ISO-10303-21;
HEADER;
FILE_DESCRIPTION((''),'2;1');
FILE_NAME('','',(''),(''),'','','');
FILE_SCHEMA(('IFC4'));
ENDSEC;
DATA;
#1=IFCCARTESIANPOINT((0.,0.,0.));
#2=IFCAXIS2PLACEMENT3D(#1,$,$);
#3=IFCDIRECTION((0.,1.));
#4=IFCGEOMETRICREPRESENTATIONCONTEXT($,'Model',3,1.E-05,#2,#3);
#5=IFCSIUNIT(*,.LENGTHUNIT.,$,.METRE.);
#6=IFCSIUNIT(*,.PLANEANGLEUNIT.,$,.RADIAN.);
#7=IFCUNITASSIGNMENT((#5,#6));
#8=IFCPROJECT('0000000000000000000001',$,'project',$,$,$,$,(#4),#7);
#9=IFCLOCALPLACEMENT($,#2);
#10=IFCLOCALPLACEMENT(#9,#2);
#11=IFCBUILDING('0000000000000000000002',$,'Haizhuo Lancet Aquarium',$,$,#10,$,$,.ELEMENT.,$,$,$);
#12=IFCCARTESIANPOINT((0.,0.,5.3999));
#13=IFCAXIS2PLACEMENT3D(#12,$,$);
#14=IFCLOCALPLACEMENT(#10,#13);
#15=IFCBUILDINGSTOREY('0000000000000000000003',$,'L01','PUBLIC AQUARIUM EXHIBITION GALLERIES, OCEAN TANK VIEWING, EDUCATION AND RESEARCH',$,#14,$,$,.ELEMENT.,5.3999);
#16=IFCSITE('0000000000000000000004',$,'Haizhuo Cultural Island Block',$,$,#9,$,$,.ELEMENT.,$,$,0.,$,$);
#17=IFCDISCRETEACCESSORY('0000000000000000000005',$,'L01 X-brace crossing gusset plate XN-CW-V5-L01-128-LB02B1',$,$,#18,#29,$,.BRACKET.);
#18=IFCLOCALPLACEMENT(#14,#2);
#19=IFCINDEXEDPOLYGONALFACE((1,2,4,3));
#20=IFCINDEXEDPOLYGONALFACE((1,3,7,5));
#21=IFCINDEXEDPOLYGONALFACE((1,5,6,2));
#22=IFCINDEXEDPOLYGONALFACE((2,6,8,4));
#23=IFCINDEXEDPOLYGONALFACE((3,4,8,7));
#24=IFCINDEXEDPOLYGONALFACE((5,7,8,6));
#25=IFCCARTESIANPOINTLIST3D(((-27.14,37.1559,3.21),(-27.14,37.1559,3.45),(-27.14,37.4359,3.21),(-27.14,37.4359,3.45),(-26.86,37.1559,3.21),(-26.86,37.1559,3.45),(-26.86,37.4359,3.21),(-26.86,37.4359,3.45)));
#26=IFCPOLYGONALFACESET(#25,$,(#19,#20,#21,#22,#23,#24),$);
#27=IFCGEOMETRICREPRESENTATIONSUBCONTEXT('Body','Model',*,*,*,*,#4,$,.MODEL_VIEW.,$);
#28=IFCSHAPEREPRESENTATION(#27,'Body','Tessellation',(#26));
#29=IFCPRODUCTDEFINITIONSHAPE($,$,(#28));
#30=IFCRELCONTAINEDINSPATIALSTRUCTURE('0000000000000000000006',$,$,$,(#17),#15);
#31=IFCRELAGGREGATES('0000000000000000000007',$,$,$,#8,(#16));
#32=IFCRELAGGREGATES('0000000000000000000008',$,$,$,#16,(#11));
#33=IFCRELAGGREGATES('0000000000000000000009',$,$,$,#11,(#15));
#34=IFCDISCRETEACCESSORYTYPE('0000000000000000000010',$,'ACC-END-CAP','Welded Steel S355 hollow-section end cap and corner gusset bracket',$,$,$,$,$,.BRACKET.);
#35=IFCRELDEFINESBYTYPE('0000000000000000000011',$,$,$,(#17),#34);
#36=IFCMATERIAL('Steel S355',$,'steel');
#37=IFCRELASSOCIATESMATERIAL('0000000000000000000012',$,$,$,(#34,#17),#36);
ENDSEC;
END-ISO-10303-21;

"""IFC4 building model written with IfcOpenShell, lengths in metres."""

from ifc_helpers import new_model, si_unit, direction, frame, origin, origin_2d, place, context, subcontext, project, spatial, rectangle, extrude, material, type_object, element, save


model = new_model("IFC4")

# Units and contexts
model_context = context("Model", 3, precision=1e-05, world=origin(), true_north=direction((0.0, 1.0)))
body_context = subcontext(model_context, "Body", "Model", "MODEL_VIEW")
ifc_project = project(units=[si_unit("LENGTHUNIT", "METRE"), si_unit("PLANEANGLEUNIT", "RADIAN")], contexts=[model_context])

# Site, building, storey
site_placement = place(None, origin())
site = spatial("IfcSite", under=ifc_project, at=site_placement, Name="Haizhuo Cultural Island Block", CompositionType="ELEMENT", RefElevation=0.0)
building_placement = place(site_placement, origin())
building = spatial("IfcBuilding", under=site, at=building_placement, Name="Haizhuo Lancet Aquarium", CompositionType="ELEMENT")
storey_placement = place(building_placement, frame((0.0, 0.0, 5.3999)))
storey = spatial("IfcBuildingStorey", under=building, at=storey_placement, Name="L01", Description="PUBLIC AQUARIUM EXHIBITION GALLERIES, OCEAN TANK VIEWING, EDUCATION AND RESEARCH", CompositionType="ELEMENT", Elevation=5.3999)

# Shared definitions
ifc_material_1 = material(Name="Steel S355", Category="steel")

# Discrete accessory
discrete_accessory_type = type_object("IfcDiscreteAccessoryType", Name="ACC-END-CAP", Description="Welded Steel S355 hollow-section end cap and corner gusset bracket", PredefinedType="BRACKET", material=ifc_material_1)
for number, where, z_axis, x_axis, name in (
    (1, (-27.0, 37.2959, 3.21), (0.0, 0.0, 1.0), (1.0, 0.0, 0.0), "L01 X-brace crossing gusset plate XN-CW-V5-L01-128-LB02B1"),
):
    element("IfcDiscreteAccessory", number, at=place(storey_placement, frame(where, z_axis=z_axis, x_axis=x_axis)), inside=storey, type_object=discrete_accessory_type, material=ifc_material_1, Name=name, PredefinedType="BRACKET", context=body_context, shape_type="SweptSolid", body=[
        extrude(rectangle(XDim=0.28, YDim=0.28, at=origin_2d()), origin(), (0.0, 0.0, 1.0), 0.24),
    ])

save(model, "model.ifc")
